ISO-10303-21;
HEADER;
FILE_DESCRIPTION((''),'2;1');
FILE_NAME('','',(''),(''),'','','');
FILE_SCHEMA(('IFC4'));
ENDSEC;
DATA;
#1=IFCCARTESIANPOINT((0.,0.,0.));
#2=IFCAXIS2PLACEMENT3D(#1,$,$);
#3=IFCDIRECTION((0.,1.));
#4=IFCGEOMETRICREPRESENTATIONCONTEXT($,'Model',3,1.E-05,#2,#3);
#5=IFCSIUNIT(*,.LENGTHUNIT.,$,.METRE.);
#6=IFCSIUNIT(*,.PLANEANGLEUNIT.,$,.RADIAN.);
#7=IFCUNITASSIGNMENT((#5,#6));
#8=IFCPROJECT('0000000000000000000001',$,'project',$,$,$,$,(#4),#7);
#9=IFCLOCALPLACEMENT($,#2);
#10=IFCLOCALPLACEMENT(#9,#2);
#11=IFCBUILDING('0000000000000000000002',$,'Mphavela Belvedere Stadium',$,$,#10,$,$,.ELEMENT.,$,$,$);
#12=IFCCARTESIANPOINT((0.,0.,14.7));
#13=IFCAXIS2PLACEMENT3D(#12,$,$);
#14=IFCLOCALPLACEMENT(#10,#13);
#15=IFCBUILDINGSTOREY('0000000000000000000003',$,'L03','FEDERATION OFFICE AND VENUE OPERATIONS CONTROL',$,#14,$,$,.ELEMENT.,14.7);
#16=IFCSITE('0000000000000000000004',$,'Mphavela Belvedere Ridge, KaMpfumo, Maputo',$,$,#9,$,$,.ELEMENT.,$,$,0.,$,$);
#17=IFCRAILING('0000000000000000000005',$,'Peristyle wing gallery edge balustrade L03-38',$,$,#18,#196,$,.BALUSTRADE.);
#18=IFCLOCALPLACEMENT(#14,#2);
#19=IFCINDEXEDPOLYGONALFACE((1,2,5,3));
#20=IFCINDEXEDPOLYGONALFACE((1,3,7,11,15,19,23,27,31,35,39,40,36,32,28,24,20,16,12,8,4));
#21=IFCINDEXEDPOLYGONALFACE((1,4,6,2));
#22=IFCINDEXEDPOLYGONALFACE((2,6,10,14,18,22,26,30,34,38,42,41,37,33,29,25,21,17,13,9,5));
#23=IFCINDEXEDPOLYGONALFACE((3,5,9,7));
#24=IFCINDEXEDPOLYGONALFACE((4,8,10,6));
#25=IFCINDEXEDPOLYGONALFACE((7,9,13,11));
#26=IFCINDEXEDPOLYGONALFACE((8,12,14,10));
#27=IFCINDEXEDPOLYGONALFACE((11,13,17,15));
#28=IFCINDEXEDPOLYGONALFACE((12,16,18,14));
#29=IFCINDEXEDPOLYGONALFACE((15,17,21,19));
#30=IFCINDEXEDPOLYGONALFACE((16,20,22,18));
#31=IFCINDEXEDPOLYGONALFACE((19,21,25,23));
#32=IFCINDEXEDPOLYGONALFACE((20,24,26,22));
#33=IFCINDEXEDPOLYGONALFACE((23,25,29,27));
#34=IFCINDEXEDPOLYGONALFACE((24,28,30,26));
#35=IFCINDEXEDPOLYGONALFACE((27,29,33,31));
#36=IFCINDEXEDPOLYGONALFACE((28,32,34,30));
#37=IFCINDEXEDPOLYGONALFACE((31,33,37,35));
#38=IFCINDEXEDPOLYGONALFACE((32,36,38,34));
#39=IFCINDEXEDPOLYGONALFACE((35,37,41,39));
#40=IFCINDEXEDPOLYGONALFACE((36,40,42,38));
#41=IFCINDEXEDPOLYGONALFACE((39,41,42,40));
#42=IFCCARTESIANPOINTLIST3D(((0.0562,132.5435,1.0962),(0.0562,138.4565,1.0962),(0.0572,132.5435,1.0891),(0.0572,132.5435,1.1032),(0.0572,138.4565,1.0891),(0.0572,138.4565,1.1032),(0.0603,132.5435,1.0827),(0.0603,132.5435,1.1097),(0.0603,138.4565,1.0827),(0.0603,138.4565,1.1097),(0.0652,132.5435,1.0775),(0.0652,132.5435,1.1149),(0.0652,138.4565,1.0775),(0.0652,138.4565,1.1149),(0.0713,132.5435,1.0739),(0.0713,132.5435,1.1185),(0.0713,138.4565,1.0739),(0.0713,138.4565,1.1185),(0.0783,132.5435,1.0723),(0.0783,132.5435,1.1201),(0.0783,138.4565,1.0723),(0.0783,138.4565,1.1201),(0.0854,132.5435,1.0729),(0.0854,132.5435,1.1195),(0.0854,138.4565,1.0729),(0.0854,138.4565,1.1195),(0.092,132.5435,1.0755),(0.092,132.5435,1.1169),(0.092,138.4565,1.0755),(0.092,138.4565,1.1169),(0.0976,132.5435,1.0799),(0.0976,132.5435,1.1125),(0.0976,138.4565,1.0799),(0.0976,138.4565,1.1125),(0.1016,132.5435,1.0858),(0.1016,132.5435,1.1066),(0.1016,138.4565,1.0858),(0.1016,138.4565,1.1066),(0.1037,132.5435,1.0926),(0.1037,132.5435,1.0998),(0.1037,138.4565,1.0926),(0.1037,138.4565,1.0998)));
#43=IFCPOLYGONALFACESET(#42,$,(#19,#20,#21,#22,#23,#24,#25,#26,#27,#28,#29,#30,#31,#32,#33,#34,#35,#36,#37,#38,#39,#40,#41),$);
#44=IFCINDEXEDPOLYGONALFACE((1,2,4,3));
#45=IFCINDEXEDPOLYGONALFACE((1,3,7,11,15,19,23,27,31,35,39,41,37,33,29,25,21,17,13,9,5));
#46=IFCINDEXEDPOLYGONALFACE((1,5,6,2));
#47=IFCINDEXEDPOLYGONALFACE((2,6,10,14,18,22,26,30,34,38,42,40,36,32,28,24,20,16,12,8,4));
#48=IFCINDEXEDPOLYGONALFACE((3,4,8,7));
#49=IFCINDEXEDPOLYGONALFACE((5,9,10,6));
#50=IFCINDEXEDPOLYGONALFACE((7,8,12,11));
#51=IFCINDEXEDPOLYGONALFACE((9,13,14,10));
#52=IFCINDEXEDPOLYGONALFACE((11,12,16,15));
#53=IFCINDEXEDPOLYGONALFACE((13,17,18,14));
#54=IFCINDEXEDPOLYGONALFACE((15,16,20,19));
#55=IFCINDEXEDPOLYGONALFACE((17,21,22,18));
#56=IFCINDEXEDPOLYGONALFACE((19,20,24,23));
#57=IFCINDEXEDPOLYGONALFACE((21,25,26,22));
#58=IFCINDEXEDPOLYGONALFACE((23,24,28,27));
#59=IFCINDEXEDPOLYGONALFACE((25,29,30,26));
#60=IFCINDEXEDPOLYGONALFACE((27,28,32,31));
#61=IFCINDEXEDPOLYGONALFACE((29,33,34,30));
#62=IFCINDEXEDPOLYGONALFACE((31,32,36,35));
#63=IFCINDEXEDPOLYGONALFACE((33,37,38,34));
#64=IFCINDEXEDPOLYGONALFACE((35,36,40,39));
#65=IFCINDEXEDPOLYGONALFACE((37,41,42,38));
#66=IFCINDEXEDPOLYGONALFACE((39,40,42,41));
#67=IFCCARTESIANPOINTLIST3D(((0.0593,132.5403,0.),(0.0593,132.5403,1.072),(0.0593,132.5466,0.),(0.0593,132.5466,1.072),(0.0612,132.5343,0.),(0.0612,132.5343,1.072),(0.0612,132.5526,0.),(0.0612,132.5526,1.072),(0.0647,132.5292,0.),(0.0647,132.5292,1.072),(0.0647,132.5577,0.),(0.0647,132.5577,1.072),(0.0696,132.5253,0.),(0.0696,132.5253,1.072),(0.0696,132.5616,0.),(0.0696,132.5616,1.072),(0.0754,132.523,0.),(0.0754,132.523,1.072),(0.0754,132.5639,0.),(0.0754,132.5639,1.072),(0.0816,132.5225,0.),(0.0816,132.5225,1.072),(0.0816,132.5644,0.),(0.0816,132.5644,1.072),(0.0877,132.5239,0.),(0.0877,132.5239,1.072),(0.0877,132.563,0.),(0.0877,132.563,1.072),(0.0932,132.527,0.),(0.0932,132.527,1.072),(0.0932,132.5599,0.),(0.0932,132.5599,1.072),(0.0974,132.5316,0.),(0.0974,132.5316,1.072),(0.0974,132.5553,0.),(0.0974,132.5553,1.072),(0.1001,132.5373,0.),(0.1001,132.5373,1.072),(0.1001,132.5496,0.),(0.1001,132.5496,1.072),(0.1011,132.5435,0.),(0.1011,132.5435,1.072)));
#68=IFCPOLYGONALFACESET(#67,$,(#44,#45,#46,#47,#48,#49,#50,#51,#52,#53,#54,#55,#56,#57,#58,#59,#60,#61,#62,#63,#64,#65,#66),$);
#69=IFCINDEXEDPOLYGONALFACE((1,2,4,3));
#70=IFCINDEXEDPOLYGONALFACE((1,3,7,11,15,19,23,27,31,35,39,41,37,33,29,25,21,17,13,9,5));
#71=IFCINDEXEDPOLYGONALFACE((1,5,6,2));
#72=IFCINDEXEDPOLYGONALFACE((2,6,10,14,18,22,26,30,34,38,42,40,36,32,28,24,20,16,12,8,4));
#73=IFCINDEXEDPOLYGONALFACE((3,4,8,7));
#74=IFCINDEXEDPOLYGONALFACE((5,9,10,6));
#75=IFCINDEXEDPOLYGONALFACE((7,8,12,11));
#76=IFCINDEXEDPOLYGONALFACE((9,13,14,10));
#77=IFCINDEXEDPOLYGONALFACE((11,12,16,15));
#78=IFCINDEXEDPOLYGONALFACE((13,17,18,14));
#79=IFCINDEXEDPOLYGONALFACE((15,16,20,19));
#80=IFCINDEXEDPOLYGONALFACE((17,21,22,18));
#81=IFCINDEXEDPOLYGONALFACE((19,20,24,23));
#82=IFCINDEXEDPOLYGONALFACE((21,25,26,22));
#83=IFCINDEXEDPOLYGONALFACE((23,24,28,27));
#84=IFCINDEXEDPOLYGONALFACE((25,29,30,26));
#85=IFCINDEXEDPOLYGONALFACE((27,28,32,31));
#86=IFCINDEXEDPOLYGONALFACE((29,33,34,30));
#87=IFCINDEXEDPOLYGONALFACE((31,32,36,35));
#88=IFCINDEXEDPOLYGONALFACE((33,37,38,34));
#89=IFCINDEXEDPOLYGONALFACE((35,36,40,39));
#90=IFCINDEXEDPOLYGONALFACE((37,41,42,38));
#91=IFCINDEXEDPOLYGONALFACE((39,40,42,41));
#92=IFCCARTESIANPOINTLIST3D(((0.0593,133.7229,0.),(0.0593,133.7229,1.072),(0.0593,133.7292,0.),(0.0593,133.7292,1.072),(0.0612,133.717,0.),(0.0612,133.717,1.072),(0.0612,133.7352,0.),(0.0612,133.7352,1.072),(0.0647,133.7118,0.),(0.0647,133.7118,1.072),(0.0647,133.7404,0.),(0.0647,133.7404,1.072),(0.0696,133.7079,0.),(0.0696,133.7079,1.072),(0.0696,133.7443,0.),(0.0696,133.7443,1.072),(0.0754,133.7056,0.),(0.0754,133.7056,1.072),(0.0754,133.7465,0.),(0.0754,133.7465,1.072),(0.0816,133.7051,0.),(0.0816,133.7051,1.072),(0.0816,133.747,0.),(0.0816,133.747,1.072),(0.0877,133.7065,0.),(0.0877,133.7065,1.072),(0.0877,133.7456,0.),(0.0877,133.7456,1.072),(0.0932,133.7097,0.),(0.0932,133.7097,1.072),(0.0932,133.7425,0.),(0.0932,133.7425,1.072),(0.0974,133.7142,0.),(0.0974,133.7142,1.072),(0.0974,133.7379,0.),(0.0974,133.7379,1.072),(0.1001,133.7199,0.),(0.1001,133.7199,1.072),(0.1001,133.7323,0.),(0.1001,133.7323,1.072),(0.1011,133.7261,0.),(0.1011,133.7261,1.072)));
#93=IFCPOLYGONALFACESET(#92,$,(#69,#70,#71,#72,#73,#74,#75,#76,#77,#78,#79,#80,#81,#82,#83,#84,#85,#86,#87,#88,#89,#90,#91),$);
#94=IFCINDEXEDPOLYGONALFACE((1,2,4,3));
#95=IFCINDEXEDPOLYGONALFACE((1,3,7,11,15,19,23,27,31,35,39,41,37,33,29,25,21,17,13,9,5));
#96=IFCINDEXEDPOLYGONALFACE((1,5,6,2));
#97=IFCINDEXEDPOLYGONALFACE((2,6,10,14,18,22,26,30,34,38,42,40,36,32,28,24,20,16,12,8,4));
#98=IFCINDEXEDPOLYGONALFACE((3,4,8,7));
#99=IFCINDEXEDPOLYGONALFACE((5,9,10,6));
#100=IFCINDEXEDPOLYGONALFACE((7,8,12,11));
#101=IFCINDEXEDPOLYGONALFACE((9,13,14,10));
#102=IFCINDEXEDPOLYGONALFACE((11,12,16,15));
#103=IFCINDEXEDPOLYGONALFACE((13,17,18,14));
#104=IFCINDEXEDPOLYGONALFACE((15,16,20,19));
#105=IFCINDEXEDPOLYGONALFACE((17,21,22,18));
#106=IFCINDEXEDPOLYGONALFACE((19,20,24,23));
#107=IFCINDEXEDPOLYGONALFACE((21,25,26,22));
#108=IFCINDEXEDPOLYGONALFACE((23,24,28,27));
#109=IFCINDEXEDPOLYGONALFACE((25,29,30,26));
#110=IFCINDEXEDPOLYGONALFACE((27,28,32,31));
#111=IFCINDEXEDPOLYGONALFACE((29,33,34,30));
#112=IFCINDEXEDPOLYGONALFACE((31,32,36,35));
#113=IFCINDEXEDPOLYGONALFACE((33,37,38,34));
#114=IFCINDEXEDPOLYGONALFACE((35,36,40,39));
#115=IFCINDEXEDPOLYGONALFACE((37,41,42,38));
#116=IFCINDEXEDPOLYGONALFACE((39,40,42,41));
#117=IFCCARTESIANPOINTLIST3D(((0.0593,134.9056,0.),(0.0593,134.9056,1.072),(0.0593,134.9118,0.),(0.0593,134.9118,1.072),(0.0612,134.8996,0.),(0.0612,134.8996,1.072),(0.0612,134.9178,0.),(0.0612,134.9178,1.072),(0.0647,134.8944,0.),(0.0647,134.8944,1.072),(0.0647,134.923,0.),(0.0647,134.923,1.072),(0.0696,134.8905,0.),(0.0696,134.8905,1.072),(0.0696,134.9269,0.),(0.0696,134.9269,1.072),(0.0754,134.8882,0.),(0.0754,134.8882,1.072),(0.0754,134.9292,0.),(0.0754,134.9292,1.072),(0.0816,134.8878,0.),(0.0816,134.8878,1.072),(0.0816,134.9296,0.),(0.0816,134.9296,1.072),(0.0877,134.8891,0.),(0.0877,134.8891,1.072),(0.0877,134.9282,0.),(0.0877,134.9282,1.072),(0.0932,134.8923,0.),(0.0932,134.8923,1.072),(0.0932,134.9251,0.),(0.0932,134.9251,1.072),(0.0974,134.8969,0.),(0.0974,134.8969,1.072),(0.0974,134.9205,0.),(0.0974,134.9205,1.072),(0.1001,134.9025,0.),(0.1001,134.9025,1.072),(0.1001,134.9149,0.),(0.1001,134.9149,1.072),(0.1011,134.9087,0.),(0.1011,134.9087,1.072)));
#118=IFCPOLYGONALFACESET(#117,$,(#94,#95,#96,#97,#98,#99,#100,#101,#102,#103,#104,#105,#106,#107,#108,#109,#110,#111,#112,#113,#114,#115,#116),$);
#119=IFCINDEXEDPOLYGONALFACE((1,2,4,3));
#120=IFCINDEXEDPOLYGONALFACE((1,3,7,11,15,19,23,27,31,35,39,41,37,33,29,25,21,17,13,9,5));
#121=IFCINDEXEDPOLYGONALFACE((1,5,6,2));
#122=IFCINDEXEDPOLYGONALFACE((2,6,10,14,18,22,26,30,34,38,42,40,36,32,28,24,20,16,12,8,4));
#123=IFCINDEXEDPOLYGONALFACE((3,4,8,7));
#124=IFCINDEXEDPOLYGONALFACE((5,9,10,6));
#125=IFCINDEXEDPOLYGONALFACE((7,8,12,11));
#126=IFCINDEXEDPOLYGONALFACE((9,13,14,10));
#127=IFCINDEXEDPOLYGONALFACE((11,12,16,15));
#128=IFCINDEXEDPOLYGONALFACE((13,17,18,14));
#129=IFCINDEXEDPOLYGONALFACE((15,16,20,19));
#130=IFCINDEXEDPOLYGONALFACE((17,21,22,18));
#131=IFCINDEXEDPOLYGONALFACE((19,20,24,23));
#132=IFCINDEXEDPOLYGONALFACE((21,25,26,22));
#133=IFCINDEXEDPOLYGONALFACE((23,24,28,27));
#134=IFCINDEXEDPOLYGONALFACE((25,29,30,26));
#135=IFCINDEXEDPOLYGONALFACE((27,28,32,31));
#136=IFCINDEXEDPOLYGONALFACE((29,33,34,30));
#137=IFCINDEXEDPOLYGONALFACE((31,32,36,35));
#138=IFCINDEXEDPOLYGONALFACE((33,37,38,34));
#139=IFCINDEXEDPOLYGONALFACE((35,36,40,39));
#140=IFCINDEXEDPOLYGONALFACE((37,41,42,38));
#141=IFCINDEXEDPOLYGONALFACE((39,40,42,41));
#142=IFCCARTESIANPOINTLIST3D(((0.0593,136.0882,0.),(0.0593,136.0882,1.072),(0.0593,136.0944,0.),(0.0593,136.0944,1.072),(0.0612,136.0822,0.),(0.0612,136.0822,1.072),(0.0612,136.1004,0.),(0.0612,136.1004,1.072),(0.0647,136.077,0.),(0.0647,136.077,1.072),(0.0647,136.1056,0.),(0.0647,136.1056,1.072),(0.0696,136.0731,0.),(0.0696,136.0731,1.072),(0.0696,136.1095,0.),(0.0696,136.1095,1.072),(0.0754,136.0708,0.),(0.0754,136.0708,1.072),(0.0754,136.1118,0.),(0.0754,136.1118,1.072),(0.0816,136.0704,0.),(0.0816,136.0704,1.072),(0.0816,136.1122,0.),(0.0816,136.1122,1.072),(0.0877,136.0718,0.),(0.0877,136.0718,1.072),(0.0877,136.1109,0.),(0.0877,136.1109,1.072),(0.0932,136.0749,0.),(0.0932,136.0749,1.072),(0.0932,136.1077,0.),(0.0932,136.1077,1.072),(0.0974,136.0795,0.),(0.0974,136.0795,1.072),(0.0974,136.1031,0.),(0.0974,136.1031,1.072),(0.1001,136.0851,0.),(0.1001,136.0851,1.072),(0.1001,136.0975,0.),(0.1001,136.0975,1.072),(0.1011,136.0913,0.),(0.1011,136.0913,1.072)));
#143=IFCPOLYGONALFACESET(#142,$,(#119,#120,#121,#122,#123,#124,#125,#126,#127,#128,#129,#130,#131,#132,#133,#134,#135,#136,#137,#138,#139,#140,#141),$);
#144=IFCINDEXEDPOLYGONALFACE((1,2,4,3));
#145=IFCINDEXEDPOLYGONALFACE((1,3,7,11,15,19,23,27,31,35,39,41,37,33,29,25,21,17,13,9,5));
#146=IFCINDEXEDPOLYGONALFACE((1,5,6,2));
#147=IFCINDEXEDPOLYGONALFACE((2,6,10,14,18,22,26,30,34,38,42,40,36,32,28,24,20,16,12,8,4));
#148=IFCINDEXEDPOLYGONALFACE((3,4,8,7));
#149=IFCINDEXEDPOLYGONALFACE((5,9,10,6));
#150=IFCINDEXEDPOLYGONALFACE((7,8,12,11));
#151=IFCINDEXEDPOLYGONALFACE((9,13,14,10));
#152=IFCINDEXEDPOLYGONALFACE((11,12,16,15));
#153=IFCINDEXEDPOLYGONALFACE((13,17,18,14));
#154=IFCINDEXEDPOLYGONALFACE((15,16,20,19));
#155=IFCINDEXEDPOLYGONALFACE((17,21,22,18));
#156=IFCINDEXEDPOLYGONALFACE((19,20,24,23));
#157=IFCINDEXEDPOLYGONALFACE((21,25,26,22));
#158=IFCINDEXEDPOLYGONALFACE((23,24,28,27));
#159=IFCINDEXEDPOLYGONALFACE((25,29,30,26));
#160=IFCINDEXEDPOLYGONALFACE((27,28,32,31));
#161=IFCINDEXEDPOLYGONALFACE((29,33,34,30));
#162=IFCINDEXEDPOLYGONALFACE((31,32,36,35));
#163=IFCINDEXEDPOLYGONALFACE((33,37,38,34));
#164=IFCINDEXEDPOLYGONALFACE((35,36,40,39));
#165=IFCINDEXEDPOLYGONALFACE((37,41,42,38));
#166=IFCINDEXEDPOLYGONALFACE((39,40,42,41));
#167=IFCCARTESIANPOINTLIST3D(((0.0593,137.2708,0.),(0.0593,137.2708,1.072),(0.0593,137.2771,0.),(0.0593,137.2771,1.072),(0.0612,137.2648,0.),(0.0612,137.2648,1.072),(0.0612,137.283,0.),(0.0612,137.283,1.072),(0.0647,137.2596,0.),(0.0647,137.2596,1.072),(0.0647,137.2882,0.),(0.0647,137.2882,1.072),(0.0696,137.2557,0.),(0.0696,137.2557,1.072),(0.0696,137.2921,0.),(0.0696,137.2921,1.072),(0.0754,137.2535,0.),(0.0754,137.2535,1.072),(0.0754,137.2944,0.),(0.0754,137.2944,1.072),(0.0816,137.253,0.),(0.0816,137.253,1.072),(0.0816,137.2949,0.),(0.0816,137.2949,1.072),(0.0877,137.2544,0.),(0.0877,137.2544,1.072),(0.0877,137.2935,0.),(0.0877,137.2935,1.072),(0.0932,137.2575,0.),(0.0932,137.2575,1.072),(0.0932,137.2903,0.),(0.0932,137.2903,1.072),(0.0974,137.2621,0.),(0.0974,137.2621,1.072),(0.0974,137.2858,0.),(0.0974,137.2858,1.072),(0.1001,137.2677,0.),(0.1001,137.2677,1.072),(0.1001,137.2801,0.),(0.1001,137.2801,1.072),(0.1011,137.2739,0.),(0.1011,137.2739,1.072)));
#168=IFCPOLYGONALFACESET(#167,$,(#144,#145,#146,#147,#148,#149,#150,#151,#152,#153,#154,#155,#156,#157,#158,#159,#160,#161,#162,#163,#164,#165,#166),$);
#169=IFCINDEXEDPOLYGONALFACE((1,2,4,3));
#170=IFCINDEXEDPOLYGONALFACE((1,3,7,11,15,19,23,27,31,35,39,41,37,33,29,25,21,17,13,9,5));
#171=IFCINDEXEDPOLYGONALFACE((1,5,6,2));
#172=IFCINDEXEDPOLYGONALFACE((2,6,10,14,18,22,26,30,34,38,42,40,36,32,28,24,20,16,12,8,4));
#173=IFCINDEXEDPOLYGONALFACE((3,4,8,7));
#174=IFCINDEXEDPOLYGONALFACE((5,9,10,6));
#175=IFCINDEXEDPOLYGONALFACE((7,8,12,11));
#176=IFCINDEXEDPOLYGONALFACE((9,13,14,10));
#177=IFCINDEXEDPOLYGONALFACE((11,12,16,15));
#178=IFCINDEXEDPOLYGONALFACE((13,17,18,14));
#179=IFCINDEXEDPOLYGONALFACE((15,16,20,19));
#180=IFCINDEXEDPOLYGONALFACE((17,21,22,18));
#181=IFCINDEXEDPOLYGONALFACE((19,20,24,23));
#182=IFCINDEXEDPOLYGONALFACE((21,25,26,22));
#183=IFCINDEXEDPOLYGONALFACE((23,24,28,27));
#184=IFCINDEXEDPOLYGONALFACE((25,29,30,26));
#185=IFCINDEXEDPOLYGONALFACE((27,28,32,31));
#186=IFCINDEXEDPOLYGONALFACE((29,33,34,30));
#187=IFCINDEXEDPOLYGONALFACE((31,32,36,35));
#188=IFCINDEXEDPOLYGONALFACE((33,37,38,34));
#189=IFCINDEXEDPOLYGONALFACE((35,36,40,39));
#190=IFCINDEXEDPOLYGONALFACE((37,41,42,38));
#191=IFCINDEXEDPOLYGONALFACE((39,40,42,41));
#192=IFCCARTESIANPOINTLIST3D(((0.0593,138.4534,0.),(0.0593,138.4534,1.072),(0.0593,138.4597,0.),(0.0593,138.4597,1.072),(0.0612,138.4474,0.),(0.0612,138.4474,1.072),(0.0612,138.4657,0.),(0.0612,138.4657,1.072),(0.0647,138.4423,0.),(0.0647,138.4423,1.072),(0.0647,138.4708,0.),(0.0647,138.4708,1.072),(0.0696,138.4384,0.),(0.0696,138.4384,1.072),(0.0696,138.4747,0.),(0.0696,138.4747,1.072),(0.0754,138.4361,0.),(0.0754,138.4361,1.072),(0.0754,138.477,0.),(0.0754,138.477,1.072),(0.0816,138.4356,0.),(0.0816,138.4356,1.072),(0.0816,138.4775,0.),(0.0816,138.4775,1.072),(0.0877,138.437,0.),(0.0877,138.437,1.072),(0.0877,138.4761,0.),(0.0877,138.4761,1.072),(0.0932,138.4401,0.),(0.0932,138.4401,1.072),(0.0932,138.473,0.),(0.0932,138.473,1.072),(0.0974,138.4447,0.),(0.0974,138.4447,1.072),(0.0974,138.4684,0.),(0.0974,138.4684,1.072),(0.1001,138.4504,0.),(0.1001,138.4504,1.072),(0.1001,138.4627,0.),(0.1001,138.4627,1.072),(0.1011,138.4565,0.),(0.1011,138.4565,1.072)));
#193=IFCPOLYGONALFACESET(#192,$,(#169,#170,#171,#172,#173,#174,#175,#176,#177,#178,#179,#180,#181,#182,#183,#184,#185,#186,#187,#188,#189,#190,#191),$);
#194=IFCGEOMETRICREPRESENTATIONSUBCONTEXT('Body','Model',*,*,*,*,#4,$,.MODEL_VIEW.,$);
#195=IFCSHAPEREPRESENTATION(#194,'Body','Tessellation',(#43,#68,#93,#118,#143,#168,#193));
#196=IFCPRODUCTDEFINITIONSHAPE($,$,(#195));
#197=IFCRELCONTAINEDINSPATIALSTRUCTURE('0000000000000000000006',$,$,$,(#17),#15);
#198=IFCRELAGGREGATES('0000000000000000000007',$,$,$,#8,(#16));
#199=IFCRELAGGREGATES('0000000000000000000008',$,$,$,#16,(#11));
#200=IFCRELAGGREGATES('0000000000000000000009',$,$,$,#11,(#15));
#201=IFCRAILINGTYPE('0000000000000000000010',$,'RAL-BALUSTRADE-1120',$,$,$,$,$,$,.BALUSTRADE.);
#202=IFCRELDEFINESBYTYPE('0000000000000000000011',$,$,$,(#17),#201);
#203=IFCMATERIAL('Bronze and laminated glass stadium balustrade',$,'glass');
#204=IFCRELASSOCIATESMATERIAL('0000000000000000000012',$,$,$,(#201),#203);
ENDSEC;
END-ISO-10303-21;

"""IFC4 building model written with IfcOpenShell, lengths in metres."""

from ifc_helpers import new_model, si_unit, direction, frame, origin, origin_2d, place, context, subcontext, project, spatial, circle, extrude, material, type_object, element, save


model = new_model("IFC4")

# Units and contexts
model_context = context("Model", 3, precision=1e-05, world=origin(), true_north=direction((0.0, 1.0)))
body_context = subcontext(model_context, "Body", "Model", "MODEL_VIEW")
ifc_project = project(units=[si_unit("LENGTHUNIT", "METRE"), si_unit("PLANEANGLEUNIT", "RADIAN")], contexts=[model_context])

# Site, building, storey
site_placement = place(None, origin())
site = spatial("IfcSite", under=ifc_project, at=site_placement, Name="Mphavela Belvedere Ridge, KaMpfumo, Maputo", CompositionType="ELEMENT", RefElevation=0.0)
building_placement = place(site_placement, origin())
building = spatial("IfcBuilding", under=site, at=building_placement, Name="Mphavela Belvedere Stadium", CompositionType="ELEMENT")
storey_placement = place(building_placement, frame((0.0, 0.0, 14.7)))
storey = spatial("IfcBuildingStorey", under=building, at=storey_placement, Name="L03", Description="FEDERATION OFFICE AND VENUE OPERATIONS CONTROL", CompositionType="ELEMENT", Elevation=14.7)

# Railing
ifc_material_1 = material(Name="Bronze and laminated glass stadium balustrade", Category="glass")
railing_type = type_object("IfcRailingType", Name="RAL-BALUSTRADE-1120", PredefinedType="BALUSTRADE", material=ifc_material_1)
for number, where, name in (
    (1, (0.0801, 132.5435, 0.0), "Peristyle wing gallery edge balustrade L03-38"),
):
    element("IfcRailing", number, at=place(storey_placement, frame(where)), inside=storey, type_object=railing_type, Name=name, PredefinedType="BALUSTRADE", context=body_context, shape_type="SweptSolid", body=[
        extrude(circle(Radius=0.0239, at=origin_2d()), frame((0.0, 0.0, 1.0962), z_axis=(0.0, 1.0, 0.0), x_axis=(-1.0, 0.0, 0.0)), (0.0, 0.0, 1.0), 5.9131),
        extrude(circle(Radius=0.021, at=origin_2d()), origin(), (0.0, 0.0, 1.0), 1.072),
        extrude(circle(Radius=0.021, at=origin_2d()), frame((0.0, 1.1826, 0.0)), (0.0, 0.0, 1.0), 1.072),
        extrude(circle(Radius=0.021, at=origin_2d()), frame((0.0, 2.3652, 0.0)), (0.0, 0.0, 1.0), 1.072),
        extrude(circle(Radius=0.021, at=origin_2d()), frame((0.0, 3.5479, 0.0)), (0.0, 0.0, 1.0), 1.072),
        extrude(circle(Radius=0.021, at=origin_2d()), frame((0.0, 4.7305, 0.0)), (0.0, 0.0, 1.0), 1.072),
        extrude(circle(Radius=0.021, at=origin_2d()), frame((0.0, 5.9131, 0.0)), (0.0, 0.0, 1.0), 1.072),
    ])

save(model, "model.ifc")
